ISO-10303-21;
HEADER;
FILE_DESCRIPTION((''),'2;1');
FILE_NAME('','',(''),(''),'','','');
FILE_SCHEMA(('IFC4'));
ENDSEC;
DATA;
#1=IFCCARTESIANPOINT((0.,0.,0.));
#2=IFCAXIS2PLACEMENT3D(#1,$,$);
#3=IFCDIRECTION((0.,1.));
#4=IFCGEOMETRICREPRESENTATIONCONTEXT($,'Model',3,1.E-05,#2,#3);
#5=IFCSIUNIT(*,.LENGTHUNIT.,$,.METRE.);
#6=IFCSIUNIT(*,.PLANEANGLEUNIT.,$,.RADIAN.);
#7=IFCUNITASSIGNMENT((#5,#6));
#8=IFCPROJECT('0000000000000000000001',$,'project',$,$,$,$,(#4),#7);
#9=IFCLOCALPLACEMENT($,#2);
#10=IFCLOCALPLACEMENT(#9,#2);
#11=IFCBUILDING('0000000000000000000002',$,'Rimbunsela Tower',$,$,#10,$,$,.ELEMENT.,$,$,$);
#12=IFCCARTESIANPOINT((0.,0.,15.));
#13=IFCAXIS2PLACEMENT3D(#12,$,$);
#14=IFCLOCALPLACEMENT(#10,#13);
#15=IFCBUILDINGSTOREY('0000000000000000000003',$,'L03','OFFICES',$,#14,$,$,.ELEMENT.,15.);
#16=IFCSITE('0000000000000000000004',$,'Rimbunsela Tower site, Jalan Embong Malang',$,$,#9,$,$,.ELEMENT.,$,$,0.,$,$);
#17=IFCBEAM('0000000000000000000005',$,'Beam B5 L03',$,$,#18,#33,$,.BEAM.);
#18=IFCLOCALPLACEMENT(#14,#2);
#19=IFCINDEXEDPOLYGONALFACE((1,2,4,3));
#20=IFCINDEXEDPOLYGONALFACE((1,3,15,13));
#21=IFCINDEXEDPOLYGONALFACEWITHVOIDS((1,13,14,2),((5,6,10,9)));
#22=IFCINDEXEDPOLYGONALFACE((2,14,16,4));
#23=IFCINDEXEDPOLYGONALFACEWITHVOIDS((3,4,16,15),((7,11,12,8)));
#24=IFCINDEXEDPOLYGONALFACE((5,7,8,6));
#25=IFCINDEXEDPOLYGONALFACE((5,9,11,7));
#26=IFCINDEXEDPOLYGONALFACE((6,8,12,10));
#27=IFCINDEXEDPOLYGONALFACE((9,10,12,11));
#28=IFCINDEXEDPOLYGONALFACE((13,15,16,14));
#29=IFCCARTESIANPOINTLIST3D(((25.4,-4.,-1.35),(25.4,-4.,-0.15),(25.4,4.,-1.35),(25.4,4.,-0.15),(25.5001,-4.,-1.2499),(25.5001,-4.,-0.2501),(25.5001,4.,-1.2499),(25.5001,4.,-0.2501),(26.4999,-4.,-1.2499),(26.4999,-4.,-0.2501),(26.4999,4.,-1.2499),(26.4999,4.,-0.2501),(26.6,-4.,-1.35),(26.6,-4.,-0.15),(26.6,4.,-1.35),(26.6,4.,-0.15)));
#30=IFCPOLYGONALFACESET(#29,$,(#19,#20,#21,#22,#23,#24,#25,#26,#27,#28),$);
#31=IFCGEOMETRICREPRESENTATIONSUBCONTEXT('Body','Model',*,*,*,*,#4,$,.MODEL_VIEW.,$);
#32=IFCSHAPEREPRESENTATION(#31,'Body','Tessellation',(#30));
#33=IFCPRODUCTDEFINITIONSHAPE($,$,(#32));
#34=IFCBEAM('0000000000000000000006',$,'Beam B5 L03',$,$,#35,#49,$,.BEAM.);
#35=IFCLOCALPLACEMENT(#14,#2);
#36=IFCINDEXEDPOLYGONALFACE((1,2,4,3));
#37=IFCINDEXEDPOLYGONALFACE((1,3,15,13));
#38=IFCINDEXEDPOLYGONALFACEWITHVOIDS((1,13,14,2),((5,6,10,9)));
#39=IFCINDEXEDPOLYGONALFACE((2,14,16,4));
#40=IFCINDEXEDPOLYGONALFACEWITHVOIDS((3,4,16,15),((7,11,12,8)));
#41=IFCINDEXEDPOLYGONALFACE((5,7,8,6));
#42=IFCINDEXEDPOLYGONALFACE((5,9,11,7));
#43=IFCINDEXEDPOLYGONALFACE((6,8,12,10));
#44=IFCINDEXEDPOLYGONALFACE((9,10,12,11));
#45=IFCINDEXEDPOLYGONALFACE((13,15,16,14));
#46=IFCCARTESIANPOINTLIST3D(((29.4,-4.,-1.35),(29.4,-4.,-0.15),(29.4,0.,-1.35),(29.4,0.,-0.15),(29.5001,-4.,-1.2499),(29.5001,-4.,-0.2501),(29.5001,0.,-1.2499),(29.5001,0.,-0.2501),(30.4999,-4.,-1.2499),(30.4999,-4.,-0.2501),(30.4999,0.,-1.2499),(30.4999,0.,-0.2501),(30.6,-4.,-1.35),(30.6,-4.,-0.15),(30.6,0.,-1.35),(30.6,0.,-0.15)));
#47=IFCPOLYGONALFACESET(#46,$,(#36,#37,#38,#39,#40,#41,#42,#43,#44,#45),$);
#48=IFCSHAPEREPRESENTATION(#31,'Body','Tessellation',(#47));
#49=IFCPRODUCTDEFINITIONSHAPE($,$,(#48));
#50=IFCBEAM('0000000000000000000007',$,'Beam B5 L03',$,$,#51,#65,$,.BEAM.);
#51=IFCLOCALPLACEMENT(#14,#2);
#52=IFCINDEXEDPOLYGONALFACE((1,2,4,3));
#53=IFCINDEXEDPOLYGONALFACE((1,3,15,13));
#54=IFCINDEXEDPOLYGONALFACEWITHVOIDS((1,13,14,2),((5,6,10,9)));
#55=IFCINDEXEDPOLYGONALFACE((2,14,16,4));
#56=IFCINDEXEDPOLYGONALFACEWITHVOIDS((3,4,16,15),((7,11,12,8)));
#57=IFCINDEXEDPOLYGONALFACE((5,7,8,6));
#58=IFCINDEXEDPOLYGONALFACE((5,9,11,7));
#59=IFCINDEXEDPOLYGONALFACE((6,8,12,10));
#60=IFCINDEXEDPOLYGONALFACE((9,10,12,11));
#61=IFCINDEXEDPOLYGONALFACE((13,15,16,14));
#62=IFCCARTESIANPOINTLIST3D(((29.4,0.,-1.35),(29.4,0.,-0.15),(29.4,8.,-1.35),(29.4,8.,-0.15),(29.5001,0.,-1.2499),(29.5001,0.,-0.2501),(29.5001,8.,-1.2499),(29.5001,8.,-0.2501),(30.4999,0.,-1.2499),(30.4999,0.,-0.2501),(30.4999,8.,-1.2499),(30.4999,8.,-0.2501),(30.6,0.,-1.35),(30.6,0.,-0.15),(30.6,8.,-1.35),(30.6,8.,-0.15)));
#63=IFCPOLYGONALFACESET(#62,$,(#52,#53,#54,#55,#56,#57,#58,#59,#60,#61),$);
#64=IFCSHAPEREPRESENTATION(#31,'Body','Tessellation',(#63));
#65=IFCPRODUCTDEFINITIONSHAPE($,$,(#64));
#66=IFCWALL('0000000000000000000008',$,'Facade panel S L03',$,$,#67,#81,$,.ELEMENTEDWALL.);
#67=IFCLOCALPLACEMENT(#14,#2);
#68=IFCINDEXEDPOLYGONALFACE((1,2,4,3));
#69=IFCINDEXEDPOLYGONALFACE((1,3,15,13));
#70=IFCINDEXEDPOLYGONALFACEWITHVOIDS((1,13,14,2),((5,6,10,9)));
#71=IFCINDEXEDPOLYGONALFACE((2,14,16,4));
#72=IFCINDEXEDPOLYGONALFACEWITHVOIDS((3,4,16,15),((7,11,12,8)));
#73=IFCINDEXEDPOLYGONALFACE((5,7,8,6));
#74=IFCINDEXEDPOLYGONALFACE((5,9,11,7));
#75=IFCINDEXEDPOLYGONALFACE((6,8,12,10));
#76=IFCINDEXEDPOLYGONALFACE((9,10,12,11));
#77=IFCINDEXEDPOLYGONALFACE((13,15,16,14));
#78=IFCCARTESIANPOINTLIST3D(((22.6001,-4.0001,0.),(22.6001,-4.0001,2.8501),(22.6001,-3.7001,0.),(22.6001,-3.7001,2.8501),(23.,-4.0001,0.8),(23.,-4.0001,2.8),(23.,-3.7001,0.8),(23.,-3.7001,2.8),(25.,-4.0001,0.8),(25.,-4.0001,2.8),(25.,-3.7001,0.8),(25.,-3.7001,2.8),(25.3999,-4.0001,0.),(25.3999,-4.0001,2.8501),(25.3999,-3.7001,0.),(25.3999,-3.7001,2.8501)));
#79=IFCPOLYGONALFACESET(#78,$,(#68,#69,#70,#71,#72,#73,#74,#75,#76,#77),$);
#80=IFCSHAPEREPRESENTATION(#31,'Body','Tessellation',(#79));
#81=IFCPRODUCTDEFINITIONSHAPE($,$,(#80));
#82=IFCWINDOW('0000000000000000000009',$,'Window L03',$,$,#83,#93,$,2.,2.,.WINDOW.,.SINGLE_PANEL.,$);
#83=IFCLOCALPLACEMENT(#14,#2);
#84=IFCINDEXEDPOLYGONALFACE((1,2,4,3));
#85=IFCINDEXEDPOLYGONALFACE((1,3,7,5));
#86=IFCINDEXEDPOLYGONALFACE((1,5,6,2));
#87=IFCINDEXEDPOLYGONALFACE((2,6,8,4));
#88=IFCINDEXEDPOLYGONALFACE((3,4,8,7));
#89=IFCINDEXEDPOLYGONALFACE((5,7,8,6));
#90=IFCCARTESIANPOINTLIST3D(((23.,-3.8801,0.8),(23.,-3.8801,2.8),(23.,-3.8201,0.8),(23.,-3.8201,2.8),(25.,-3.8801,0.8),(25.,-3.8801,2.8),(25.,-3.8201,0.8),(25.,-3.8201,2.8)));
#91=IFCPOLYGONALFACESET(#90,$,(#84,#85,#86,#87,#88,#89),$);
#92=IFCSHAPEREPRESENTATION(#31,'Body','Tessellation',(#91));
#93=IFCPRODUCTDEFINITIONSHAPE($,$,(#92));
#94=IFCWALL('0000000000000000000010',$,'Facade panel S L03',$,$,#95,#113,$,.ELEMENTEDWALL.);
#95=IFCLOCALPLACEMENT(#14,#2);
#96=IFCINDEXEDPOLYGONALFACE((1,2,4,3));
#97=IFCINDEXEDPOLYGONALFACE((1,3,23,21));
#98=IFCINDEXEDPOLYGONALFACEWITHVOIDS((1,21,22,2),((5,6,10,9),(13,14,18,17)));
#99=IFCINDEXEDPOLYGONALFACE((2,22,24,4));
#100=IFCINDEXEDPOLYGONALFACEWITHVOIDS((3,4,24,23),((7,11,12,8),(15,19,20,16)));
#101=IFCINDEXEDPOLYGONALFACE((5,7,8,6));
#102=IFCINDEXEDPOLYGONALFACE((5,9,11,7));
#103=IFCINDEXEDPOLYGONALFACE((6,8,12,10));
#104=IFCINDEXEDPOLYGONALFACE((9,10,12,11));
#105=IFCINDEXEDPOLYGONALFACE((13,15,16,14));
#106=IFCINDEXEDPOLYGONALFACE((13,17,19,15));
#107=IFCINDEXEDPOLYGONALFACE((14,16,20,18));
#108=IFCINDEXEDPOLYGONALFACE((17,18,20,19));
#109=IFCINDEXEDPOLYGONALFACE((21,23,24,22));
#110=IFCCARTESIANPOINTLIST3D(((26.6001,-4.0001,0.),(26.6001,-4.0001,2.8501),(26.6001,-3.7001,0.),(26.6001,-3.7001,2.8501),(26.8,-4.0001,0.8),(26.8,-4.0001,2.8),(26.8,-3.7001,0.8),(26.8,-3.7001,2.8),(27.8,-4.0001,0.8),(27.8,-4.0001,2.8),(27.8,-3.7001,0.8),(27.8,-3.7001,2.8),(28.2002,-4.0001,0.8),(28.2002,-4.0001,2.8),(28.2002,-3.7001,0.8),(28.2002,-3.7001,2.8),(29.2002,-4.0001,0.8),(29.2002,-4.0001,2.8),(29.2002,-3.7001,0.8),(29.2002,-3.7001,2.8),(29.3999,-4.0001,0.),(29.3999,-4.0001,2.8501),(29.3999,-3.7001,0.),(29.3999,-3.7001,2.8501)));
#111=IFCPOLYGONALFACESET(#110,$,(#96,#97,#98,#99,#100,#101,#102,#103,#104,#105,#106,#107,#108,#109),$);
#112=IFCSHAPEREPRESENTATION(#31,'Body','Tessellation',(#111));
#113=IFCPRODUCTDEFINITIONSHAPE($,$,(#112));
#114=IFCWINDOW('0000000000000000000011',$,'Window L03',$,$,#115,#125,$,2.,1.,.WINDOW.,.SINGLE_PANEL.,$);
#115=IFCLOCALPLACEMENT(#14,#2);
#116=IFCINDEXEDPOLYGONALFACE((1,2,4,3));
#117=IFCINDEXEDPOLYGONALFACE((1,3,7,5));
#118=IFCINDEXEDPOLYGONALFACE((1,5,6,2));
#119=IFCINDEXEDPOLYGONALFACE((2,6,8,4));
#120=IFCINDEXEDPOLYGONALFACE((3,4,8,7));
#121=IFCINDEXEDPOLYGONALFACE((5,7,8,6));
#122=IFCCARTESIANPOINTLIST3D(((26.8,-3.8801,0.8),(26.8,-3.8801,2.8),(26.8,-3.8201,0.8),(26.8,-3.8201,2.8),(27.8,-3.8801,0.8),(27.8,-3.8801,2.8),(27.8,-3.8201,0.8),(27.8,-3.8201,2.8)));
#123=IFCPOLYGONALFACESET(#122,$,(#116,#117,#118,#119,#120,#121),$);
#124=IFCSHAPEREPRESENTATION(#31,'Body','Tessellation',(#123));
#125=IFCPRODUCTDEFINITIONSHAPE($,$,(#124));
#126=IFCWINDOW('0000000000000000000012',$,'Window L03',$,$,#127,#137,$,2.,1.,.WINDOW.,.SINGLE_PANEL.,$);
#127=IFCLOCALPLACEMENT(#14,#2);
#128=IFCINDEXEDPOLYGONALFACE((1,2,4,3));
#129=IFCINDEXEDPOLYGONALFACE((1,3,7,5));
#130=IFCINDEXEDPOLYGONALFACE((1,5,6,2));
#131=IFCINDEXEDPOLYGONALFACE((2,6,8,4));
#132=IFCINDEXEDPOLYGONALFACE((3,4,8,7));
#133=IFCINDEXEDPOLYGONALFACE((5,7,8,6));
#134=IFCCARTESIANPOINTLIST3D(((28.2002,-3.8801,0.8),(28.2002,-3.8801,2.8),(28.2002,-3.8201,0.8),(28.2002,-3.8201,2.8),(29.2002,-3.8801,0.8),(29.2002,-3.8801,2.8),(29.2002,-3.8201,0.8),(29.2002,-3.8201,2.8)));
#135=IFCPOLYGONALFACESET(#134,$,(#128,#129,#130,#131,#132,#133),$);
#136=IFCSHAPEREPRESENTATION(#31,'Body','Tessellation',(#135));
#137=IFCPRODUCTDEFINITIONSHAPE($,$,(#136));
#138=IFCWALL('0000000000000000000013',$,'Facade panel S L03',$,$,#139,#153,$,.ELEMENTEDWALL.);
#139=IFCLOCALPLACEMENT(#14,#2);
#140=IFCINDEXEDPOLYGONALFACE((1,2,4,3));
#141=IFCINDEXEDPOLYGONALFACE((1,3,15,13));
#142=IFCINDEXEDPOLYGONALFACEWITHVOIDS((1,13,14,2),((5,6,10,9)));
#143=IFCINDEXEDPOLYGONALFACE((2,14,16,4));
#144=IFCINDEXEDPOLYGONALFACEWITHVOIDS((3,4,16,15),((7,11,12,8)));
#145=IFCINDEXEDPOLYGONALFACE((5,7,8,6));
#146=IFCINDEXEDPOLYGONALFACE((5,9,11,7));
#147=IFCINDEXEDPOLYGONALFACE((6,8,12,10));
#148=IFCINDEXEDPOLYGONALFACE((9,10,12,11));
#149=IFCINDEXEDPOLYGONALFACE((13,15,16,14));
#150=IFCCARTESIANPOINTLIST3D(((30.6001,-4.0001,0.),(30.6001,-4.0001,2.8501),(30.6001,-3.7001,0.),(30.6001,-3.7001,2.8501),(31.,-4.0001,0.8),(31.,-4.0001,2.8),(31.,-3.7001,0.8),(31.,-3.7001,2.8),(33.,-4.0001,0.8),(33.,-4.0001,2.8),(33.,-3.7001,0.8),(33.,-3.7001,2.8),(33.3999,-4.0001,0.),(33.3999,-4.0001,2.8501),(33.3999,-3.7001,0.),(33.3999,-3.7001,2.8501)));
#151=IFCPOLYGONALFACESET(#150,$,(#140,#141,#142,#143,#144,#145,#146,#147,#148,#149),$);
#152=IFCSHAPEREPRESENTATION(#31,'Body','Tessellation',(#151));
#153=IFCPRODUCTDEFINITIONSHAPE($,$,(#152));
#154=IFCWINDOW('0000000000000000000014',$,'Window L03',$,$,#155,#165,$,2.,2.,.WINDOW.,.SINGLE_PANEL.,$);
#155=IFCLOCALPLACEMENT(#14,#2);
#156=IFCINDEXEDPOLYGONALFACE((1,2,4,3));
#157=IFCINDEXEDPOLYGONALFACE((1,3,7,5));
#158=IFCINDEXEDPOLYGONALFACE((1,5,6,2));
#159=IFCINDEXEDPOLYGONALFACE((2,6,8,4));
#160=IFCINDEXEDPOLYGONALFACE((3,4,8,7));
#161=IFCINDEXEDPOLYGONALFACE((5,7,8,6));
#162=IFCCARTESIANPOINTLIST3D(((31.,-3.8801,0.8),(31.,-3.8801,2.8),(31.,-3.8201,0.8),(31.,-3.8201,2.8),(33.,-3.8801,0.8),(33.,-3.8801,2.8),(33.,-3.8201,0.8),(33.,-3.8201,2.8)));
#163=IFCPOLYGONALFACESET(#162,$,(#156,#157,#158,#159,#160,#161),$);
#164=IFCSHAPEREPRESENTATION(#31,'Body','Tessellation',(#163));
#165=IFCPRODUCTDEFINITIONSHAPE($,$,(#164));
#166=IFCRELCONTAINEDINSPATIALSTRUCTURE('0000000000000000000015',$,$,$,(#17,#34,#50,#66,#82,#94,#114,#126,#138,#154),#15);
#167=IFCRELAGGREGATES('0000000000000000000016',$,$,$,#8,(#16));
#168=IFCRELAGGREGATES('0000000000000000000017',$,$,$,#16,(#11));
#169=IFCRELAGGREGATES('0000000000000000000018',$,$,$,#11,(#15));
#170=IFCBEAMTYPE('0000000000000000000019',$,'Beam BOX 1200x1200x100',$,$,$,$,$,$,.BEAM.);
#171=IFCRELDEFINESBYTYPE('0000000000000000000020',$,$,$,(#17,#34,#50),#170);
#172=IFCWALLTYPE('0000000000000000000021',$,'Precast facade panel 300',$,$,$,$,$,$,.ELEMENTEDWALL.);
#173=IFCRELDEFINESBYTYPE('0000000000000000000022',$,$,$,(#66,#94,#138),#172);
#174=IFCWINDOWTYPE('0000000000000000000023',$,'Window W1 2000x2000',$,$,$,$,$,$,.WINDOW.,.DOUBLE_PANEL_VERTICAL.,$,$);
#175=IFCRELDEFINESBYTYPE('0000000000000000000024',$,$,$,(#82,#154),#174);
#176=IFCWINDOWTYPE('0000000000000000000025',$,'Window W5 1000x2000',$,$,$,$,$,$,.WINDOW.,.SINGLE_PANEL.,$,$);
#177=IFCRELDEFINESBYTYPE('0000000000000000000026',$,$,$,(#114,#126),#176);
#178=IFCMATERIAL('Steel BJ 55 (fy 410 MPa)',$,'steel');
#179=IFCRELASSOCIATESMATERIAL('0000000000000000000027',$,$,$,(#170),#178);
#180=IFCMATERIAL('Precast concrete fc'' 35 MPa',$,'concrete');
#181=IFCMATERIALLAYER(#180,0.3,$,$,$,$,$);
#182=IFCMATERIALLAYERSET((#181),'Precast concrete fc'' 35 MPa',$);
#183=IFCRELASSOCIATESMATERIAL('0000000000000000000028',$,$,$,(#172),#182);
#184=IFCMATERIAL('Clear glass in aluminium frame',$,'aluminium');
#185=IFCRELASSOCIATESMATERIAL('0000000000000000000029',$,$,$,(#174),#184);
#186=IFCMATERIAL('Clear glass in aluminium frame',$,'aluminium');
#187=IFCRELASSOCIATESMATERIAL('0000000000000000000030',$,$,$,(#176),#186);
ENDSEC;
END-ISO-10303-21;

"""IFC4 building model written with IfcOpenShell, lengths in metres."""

from ifc_helpers import new_model, si_unit, direction, frame, frame_2d, origin, origin_2d, place, context, subcontext, project, spatial, rectangle, hollow_rectangle, extrude, material, layer, layer_set, material_profile, profile_set, type_object, element, fill, save


model = new_model("IFC4")

# Units and contexts
model_context = context("Model", 3, precision=1e-05, world=origin(), true_north=direction((0.0, 1.0)))
body_context = subcontext(model_context, "Body", "Model", "MODEL_VIEW")
ifc_project = project(units=[si_unit("LENGTHUNIT", "METRE"), si_unit("PLANEANGLEUNIT", "RADIAN")], contexts=[model_context])

# Site, building, storey
site_placement = place(None, origin())
site = spatial("IfcSite", under=ifc_project, at=site_placement, Name="Rimbunsela Tower site, Jalan Embong Malang", CompositionType="ELEMENT", RefElevation=0.0)
building_placement = place(site_placement, origin())
building = spatial("IfcBuilding", under=site, at=building_placement, Name="Rimbunsela Tower", CompositionType="ELEMENT")
storey_placement = place(building_placement, frame((0.0, 0.0, 15.0)))
storey = spatial("IfcBuildingStorey", under=building, at=storey_placement, Name="L03", Description="OFFICES", CompositionType="ELEMENT", Elevation=15.0)

# Beams
ifc_material_1 = material(Name="Steel BJ 55 (fy 410 MPa)", Category="steel")
ifc_material_profile_1 = material_profile(ifc_material_1, hollow_rectangle(XDim=1.2, YDim=1.2, WallThickness=0.1001, at=origin_2d()), Name="BOX 1200x1200x100")
ifc_profile_set_1 = profile_set([ifc_material_profile_1], Name="Steel BJ 55 (fy 410 MPa)")
beam_type_1 = type_object("IfcBeamType", Name="Beam BOX 1200x1200x100", PredefinedType="BEAM", material=ifc_profile_set_1)
beam_1_placement = place(storey_placement, frame((26.0, -4.0, -0.75), z_axis=(0.0, 1.0, 0.0), x_axis=(-1.0, 0.0, 0.0)))
element("IfcBeam", 1, at=beam_1_placement, inside=storey, type_object=beam_type_1, Name="Beam B5 L03", PredefinedType="BEAM", context=body_context, shape_type="SweptSolid", body=[
    extrude(hollow_rectangle(XDim=1.2, YDim=1.2, WallThickness=0.1001, at=origin_2d()), origin(), (0.0, 0.0, 1.0), 8.0),
])
beam_2_placement = place(storey_placement, frame((30.0, -4.0, -0.75), z_axis=(0.0, 1.0, 0.0), x_axis=(-1.0, 0.0, 0.0)))
element("IfcBeam", 2, at=beam_2_placement, inside=storey, type_object=beam_type_1, Name="Beam B5 L03", PredefinedType="BEAM", context=body_context, shape_type="SweptSolid", body=[
    extrude(hollow_rectangle(XDim=1.2, YDim=1.2, WallThickness=0.1001, at=origin_2d()), origin(), (0.0, 0.0, 1.0), 4.0),
])
beam_3_placement = place(storey_placement, frame((30.0, 0.0, -0.75), z_axis=(0.0, 1.0, 0.0), x_axis=(-1.0, 0.0, 0.0)))
element("IfcBeam", 3, at=beam_3_placement, inside=storey, type_object=beam_type_1, Name="Beam B5 L03", PredefinedType="BEAM", context=body_context, shape_type="SweptSolid", body=[
    extrude(hollow_rectangle(XDim=1.2, YDim=1.2, WallThickness=0.1001, at=origin_2d()), origin(), (0.0, 0.0, 1.0), 8.0),
])

# Wall, opening, window
ifc_material_2 = material(Name="Precast concrete fc' 35 MPa", Category="concrete")
ifc_layer_1 = layer(ifc_material_2, 0.3)
ifc_layer_set_1 = layer_set([ifc_layer_1], Name="Precast concrete fc' 35 MPa")
wall_type_1 = type_object("IfcWallType", Name="Precast facade panel 300", PredefinedType="ELEMENTEDWALL", material=ifc_layer_set_1)
wall_1_placement = place(storey_placement, frame((22.6001, -3.8501, 0.0), z_axis=(0.0, 0.0, 1.0), x_axis=(1.0, 0.0, 0.0)))
wall_1 = element("IfcWall", 4, at=wall_1_placement, inside=storey, type_object=wall_type_1, Name="Facade panel S L03", PredefinedType="ELEMENTEDWALL", context=body_context, shape_type="SweptSolid", body=[
    extrude(rectangle(XDim=2.7998, YDim=0.3, at=frame_2d((1.3999, 0.0))), origin(), (0.0, 0.0, 1.0), 2.8501),
])
opening_1_placement = place(wall_1_placement, frame((0.3999, 0.0, 0.8)))
opening_1 = element("IfcOpeningElement", 5, at=opening_1_placement, cuts=wall_1, PredefinedType="OPENING", context=body_context, shape_type="SweptSolid", body=[
    extrude(rectangle(XDim=2.0, YDim=2.0, at=frame_2d((1.0, 1.0))), frame((0.0, 0.1599, 0.0), z_axis=(0.0, -1.0, 0.0), x_axis=(1.0, 0.0, 0.0)), (0.0, 0.0, 1.0), 0.3201),
])
ifc_material_3 = material(Name="Clear glass in aluminium frame", Category="aluminium")
window_type_1 = type_object("IfcWindowType", Name="Window W1 2000x2000", PartitioningType="DOUBLE_PANEL_VERTICAL", PredefinedType="WINDOW", material=ifc_material_3)
window_1_placement = place(opening_1_placement, origin())
window_1 = element("IfcWindow", 6, at=window_1_placement, inside=storey, type_object=window_type_1, Name="Window L03", OverallHeight=2.0, OverallWidth=2.0, PartitioningType="SINGLE_PANEL", PredefinedType="WINDOW", context=body_context, shape_type="SweptSolid", body=[
    extrude(rectangle(XDim=2.0, YDim=2.0, at=frame_2d((1.0, 1.0))), frame((0.0, 0.03, 0.0), z_axis=(0.0, -1.0, 0.0), x_axis=(1.0, 0.0, 0.0)), (0.0, 0.0, 1.0), 0.0601),
])
fill(opening_1, window_1)

# Wall, openings, windows
wall_2_placement = place(storey_placement, frame((26.6001, -3.8501, 0.0), z_axis=(0.0, 0.0, 1.0), x_axis=(1.0, 0.0, 0.0)))
wall_2 = element("IfcWall", 7, at=wall_2_placement, inside=storey, type_object=wall_type_1, Name="Facade panel S L03", PredefinedType="ELEMENTEDWALL", context=body_context, shape_type="SweptSolid", body=[
    extrude(rectangle(XDim=2.7998, YDim=0.3, at=frame_2d((1.3999, 0.0))), origin(), (0.0, 0.0, 1.0), 2.8501),
])
opening_2_placement = place(wall_2_placement, frame((0.2, 0.0, 0.8)))
opening_2 = element("IfcOpeningElement", 8, at=opening_2_placement, cuts=wall_2, PredefinedType="OPENING", context=body_context, shape_type="SweptSolid", body=[
    extrude(rectangle(XDim=1.0, YDim=2.0, at=frame_2d((0.5, 1.0))), frame((0.0, 0.1599, 0.0), z_axis=(0.0, -1.0, 0.0), x_axis=(1.0, 0.0, 0.0)), (0.0, 0.0, 1.0), 0.3201),
])
opening_3_placement = place(wall_2_placement, frame((1.6001, 0.0, 0.8)))
opening_3 = element("IfcOpeningElement", 9, at=opening_3_placement, cuts=wall_2, PredefinedType="OPENING", context=body_context, shape_type="SweptSolid", body=[
    extrude(rectangle(XDim=1.0, YDim=2.0, at=frame_2d((0.5, 1.0))), frame((0.0, 0.1599, 0.0), z_axis=(0.0, -1.0, 0.0), x_axis=(1.0, 0.0, 0.0)), (0.0, 0.0, 1.0), 0.3201),
])
ifc_material_4 = material(Name="Clear glass in aluminium frame", Category="aluminium")
window_type_2 = type_object("IfcWindowType", Name="Window W5 1000x2000", PartitioningType="SINGLE_PANEL", PredefinedType="WINDOW", material=ifc_material_4)
window_2_placement = place(opening_2_placement, origin())
window_2 = element("IfcWindow", 10, at=window_2_placement, inside=storey, type_object=window_type_2, Name="Window L03", OverallHeight=2.0, OverallWidth=1.0, PartitioningType="SINGLE_PANEL", PredefinedType="WINDOW", context=body_context, shape_type="SweptSolid", body=[
    extrude(rectangle(XDim=1.0, YDim=2.0, at=frame_2d((0.5, 1.0))), frame((0.0, 0.03, 0.0), z_axis=(0.0, -1.0, 0.0), x_axis=(1.0, 0.0, 0.0)), (0.0, 0.0, 1.0), 0.0601),
])
fill(opening_2, window_2)
window_3_placement = place(opening_3_placement, origin())
window_3 = element("IfcWindow", 11, at=window_3_placement, inside=storey, type_object=window_type_2, Name="Window L03", OverallHeight=2.0, OverallWidth=1.0, PartitioningType="SINGLE_PANEL", PredefinedType="WINDOW", context=body_context, shape_type="SweptSolid", body=[
    extrude(rectangle(XDim=1.0, YDim=2.0, at=frame_2d((0.5, 1.0))), frame((0.0, 0.03, 0.0), z_axis=(0.0, -1.0, 0.0), x_axis=(1.0, 0.0, 0.0)), (0.0, 0.0, 1.0), 0.0601),
])
fill(opening_3, window_3)

# Wall, opening, window
wall_3_placement = place(storey_placement, frame((30.6001, -3.8501, 0.0), z_axis=(0.0, 0.0, 1.0), x_axis=(1.0, 0.0, 0.0)))
wall_3 = element("IfcWall", 12, at=wall_3_placement, inside=storey, type_object=wall_type_1, Name="Facade panel S L03", PredefinedType="ELEMENTEDWALL", context=body_context, shape_type="SweptSolid", body=[
    extrude(rectangle(XDim=2.7998, YDim=0.3, at=frame_2d((1.3999, 0.0))), origin(), (0.0, 0.0, 1.0), 2.8501),
])
opening_4_placement = place(wall_3_placement, frame((0.3999, 0.0, 0.8)))
opening_4 = element("IfcOpeningElement", 13, at=opening_4_placement, cuts=wall_3, PredefinedType="OPENING", context=body_context, shape_type="SweptSolid", body=[
    extrude(rectangle(XDim=2.0, YDim=2.0, at=frame_2d((1.0, 1.0))), frame((0.0, 0.1599, 0.0), z_axis=(0.0, -1.0, 0.0), x_axis=(1.0, 0.0, 0.0)), (0.0, 0.0, 1.0), 0.3201),
])
window_4_placement = place(opening_4_placement, origin())
window_4 = element("IfcWindow", 14, at=window_4_placement, inside=storey, type_object=window_type_1, Name="Window L03", OverallHeight=2.0, OverallWidth=2.0, PartitioningType="SINGLE_PANEL", PredefinedType="WINDOW", context=body_context, shape_type="SweptSolid", body=[
    extrude(rectangle(XDim=2.0, YDim=2.0, at=frame_2d((1.0, 1.0))), frame((0.0, 0.03, 0.0), z_axis=(0.0, -1.0, 0.0), x_axis=(1.0, 0.0, 0.0)), (0.0, 0.0, 1.0), 0.0601),
])
fill(opening_4, window_4)

save(model, "model.ifc")
